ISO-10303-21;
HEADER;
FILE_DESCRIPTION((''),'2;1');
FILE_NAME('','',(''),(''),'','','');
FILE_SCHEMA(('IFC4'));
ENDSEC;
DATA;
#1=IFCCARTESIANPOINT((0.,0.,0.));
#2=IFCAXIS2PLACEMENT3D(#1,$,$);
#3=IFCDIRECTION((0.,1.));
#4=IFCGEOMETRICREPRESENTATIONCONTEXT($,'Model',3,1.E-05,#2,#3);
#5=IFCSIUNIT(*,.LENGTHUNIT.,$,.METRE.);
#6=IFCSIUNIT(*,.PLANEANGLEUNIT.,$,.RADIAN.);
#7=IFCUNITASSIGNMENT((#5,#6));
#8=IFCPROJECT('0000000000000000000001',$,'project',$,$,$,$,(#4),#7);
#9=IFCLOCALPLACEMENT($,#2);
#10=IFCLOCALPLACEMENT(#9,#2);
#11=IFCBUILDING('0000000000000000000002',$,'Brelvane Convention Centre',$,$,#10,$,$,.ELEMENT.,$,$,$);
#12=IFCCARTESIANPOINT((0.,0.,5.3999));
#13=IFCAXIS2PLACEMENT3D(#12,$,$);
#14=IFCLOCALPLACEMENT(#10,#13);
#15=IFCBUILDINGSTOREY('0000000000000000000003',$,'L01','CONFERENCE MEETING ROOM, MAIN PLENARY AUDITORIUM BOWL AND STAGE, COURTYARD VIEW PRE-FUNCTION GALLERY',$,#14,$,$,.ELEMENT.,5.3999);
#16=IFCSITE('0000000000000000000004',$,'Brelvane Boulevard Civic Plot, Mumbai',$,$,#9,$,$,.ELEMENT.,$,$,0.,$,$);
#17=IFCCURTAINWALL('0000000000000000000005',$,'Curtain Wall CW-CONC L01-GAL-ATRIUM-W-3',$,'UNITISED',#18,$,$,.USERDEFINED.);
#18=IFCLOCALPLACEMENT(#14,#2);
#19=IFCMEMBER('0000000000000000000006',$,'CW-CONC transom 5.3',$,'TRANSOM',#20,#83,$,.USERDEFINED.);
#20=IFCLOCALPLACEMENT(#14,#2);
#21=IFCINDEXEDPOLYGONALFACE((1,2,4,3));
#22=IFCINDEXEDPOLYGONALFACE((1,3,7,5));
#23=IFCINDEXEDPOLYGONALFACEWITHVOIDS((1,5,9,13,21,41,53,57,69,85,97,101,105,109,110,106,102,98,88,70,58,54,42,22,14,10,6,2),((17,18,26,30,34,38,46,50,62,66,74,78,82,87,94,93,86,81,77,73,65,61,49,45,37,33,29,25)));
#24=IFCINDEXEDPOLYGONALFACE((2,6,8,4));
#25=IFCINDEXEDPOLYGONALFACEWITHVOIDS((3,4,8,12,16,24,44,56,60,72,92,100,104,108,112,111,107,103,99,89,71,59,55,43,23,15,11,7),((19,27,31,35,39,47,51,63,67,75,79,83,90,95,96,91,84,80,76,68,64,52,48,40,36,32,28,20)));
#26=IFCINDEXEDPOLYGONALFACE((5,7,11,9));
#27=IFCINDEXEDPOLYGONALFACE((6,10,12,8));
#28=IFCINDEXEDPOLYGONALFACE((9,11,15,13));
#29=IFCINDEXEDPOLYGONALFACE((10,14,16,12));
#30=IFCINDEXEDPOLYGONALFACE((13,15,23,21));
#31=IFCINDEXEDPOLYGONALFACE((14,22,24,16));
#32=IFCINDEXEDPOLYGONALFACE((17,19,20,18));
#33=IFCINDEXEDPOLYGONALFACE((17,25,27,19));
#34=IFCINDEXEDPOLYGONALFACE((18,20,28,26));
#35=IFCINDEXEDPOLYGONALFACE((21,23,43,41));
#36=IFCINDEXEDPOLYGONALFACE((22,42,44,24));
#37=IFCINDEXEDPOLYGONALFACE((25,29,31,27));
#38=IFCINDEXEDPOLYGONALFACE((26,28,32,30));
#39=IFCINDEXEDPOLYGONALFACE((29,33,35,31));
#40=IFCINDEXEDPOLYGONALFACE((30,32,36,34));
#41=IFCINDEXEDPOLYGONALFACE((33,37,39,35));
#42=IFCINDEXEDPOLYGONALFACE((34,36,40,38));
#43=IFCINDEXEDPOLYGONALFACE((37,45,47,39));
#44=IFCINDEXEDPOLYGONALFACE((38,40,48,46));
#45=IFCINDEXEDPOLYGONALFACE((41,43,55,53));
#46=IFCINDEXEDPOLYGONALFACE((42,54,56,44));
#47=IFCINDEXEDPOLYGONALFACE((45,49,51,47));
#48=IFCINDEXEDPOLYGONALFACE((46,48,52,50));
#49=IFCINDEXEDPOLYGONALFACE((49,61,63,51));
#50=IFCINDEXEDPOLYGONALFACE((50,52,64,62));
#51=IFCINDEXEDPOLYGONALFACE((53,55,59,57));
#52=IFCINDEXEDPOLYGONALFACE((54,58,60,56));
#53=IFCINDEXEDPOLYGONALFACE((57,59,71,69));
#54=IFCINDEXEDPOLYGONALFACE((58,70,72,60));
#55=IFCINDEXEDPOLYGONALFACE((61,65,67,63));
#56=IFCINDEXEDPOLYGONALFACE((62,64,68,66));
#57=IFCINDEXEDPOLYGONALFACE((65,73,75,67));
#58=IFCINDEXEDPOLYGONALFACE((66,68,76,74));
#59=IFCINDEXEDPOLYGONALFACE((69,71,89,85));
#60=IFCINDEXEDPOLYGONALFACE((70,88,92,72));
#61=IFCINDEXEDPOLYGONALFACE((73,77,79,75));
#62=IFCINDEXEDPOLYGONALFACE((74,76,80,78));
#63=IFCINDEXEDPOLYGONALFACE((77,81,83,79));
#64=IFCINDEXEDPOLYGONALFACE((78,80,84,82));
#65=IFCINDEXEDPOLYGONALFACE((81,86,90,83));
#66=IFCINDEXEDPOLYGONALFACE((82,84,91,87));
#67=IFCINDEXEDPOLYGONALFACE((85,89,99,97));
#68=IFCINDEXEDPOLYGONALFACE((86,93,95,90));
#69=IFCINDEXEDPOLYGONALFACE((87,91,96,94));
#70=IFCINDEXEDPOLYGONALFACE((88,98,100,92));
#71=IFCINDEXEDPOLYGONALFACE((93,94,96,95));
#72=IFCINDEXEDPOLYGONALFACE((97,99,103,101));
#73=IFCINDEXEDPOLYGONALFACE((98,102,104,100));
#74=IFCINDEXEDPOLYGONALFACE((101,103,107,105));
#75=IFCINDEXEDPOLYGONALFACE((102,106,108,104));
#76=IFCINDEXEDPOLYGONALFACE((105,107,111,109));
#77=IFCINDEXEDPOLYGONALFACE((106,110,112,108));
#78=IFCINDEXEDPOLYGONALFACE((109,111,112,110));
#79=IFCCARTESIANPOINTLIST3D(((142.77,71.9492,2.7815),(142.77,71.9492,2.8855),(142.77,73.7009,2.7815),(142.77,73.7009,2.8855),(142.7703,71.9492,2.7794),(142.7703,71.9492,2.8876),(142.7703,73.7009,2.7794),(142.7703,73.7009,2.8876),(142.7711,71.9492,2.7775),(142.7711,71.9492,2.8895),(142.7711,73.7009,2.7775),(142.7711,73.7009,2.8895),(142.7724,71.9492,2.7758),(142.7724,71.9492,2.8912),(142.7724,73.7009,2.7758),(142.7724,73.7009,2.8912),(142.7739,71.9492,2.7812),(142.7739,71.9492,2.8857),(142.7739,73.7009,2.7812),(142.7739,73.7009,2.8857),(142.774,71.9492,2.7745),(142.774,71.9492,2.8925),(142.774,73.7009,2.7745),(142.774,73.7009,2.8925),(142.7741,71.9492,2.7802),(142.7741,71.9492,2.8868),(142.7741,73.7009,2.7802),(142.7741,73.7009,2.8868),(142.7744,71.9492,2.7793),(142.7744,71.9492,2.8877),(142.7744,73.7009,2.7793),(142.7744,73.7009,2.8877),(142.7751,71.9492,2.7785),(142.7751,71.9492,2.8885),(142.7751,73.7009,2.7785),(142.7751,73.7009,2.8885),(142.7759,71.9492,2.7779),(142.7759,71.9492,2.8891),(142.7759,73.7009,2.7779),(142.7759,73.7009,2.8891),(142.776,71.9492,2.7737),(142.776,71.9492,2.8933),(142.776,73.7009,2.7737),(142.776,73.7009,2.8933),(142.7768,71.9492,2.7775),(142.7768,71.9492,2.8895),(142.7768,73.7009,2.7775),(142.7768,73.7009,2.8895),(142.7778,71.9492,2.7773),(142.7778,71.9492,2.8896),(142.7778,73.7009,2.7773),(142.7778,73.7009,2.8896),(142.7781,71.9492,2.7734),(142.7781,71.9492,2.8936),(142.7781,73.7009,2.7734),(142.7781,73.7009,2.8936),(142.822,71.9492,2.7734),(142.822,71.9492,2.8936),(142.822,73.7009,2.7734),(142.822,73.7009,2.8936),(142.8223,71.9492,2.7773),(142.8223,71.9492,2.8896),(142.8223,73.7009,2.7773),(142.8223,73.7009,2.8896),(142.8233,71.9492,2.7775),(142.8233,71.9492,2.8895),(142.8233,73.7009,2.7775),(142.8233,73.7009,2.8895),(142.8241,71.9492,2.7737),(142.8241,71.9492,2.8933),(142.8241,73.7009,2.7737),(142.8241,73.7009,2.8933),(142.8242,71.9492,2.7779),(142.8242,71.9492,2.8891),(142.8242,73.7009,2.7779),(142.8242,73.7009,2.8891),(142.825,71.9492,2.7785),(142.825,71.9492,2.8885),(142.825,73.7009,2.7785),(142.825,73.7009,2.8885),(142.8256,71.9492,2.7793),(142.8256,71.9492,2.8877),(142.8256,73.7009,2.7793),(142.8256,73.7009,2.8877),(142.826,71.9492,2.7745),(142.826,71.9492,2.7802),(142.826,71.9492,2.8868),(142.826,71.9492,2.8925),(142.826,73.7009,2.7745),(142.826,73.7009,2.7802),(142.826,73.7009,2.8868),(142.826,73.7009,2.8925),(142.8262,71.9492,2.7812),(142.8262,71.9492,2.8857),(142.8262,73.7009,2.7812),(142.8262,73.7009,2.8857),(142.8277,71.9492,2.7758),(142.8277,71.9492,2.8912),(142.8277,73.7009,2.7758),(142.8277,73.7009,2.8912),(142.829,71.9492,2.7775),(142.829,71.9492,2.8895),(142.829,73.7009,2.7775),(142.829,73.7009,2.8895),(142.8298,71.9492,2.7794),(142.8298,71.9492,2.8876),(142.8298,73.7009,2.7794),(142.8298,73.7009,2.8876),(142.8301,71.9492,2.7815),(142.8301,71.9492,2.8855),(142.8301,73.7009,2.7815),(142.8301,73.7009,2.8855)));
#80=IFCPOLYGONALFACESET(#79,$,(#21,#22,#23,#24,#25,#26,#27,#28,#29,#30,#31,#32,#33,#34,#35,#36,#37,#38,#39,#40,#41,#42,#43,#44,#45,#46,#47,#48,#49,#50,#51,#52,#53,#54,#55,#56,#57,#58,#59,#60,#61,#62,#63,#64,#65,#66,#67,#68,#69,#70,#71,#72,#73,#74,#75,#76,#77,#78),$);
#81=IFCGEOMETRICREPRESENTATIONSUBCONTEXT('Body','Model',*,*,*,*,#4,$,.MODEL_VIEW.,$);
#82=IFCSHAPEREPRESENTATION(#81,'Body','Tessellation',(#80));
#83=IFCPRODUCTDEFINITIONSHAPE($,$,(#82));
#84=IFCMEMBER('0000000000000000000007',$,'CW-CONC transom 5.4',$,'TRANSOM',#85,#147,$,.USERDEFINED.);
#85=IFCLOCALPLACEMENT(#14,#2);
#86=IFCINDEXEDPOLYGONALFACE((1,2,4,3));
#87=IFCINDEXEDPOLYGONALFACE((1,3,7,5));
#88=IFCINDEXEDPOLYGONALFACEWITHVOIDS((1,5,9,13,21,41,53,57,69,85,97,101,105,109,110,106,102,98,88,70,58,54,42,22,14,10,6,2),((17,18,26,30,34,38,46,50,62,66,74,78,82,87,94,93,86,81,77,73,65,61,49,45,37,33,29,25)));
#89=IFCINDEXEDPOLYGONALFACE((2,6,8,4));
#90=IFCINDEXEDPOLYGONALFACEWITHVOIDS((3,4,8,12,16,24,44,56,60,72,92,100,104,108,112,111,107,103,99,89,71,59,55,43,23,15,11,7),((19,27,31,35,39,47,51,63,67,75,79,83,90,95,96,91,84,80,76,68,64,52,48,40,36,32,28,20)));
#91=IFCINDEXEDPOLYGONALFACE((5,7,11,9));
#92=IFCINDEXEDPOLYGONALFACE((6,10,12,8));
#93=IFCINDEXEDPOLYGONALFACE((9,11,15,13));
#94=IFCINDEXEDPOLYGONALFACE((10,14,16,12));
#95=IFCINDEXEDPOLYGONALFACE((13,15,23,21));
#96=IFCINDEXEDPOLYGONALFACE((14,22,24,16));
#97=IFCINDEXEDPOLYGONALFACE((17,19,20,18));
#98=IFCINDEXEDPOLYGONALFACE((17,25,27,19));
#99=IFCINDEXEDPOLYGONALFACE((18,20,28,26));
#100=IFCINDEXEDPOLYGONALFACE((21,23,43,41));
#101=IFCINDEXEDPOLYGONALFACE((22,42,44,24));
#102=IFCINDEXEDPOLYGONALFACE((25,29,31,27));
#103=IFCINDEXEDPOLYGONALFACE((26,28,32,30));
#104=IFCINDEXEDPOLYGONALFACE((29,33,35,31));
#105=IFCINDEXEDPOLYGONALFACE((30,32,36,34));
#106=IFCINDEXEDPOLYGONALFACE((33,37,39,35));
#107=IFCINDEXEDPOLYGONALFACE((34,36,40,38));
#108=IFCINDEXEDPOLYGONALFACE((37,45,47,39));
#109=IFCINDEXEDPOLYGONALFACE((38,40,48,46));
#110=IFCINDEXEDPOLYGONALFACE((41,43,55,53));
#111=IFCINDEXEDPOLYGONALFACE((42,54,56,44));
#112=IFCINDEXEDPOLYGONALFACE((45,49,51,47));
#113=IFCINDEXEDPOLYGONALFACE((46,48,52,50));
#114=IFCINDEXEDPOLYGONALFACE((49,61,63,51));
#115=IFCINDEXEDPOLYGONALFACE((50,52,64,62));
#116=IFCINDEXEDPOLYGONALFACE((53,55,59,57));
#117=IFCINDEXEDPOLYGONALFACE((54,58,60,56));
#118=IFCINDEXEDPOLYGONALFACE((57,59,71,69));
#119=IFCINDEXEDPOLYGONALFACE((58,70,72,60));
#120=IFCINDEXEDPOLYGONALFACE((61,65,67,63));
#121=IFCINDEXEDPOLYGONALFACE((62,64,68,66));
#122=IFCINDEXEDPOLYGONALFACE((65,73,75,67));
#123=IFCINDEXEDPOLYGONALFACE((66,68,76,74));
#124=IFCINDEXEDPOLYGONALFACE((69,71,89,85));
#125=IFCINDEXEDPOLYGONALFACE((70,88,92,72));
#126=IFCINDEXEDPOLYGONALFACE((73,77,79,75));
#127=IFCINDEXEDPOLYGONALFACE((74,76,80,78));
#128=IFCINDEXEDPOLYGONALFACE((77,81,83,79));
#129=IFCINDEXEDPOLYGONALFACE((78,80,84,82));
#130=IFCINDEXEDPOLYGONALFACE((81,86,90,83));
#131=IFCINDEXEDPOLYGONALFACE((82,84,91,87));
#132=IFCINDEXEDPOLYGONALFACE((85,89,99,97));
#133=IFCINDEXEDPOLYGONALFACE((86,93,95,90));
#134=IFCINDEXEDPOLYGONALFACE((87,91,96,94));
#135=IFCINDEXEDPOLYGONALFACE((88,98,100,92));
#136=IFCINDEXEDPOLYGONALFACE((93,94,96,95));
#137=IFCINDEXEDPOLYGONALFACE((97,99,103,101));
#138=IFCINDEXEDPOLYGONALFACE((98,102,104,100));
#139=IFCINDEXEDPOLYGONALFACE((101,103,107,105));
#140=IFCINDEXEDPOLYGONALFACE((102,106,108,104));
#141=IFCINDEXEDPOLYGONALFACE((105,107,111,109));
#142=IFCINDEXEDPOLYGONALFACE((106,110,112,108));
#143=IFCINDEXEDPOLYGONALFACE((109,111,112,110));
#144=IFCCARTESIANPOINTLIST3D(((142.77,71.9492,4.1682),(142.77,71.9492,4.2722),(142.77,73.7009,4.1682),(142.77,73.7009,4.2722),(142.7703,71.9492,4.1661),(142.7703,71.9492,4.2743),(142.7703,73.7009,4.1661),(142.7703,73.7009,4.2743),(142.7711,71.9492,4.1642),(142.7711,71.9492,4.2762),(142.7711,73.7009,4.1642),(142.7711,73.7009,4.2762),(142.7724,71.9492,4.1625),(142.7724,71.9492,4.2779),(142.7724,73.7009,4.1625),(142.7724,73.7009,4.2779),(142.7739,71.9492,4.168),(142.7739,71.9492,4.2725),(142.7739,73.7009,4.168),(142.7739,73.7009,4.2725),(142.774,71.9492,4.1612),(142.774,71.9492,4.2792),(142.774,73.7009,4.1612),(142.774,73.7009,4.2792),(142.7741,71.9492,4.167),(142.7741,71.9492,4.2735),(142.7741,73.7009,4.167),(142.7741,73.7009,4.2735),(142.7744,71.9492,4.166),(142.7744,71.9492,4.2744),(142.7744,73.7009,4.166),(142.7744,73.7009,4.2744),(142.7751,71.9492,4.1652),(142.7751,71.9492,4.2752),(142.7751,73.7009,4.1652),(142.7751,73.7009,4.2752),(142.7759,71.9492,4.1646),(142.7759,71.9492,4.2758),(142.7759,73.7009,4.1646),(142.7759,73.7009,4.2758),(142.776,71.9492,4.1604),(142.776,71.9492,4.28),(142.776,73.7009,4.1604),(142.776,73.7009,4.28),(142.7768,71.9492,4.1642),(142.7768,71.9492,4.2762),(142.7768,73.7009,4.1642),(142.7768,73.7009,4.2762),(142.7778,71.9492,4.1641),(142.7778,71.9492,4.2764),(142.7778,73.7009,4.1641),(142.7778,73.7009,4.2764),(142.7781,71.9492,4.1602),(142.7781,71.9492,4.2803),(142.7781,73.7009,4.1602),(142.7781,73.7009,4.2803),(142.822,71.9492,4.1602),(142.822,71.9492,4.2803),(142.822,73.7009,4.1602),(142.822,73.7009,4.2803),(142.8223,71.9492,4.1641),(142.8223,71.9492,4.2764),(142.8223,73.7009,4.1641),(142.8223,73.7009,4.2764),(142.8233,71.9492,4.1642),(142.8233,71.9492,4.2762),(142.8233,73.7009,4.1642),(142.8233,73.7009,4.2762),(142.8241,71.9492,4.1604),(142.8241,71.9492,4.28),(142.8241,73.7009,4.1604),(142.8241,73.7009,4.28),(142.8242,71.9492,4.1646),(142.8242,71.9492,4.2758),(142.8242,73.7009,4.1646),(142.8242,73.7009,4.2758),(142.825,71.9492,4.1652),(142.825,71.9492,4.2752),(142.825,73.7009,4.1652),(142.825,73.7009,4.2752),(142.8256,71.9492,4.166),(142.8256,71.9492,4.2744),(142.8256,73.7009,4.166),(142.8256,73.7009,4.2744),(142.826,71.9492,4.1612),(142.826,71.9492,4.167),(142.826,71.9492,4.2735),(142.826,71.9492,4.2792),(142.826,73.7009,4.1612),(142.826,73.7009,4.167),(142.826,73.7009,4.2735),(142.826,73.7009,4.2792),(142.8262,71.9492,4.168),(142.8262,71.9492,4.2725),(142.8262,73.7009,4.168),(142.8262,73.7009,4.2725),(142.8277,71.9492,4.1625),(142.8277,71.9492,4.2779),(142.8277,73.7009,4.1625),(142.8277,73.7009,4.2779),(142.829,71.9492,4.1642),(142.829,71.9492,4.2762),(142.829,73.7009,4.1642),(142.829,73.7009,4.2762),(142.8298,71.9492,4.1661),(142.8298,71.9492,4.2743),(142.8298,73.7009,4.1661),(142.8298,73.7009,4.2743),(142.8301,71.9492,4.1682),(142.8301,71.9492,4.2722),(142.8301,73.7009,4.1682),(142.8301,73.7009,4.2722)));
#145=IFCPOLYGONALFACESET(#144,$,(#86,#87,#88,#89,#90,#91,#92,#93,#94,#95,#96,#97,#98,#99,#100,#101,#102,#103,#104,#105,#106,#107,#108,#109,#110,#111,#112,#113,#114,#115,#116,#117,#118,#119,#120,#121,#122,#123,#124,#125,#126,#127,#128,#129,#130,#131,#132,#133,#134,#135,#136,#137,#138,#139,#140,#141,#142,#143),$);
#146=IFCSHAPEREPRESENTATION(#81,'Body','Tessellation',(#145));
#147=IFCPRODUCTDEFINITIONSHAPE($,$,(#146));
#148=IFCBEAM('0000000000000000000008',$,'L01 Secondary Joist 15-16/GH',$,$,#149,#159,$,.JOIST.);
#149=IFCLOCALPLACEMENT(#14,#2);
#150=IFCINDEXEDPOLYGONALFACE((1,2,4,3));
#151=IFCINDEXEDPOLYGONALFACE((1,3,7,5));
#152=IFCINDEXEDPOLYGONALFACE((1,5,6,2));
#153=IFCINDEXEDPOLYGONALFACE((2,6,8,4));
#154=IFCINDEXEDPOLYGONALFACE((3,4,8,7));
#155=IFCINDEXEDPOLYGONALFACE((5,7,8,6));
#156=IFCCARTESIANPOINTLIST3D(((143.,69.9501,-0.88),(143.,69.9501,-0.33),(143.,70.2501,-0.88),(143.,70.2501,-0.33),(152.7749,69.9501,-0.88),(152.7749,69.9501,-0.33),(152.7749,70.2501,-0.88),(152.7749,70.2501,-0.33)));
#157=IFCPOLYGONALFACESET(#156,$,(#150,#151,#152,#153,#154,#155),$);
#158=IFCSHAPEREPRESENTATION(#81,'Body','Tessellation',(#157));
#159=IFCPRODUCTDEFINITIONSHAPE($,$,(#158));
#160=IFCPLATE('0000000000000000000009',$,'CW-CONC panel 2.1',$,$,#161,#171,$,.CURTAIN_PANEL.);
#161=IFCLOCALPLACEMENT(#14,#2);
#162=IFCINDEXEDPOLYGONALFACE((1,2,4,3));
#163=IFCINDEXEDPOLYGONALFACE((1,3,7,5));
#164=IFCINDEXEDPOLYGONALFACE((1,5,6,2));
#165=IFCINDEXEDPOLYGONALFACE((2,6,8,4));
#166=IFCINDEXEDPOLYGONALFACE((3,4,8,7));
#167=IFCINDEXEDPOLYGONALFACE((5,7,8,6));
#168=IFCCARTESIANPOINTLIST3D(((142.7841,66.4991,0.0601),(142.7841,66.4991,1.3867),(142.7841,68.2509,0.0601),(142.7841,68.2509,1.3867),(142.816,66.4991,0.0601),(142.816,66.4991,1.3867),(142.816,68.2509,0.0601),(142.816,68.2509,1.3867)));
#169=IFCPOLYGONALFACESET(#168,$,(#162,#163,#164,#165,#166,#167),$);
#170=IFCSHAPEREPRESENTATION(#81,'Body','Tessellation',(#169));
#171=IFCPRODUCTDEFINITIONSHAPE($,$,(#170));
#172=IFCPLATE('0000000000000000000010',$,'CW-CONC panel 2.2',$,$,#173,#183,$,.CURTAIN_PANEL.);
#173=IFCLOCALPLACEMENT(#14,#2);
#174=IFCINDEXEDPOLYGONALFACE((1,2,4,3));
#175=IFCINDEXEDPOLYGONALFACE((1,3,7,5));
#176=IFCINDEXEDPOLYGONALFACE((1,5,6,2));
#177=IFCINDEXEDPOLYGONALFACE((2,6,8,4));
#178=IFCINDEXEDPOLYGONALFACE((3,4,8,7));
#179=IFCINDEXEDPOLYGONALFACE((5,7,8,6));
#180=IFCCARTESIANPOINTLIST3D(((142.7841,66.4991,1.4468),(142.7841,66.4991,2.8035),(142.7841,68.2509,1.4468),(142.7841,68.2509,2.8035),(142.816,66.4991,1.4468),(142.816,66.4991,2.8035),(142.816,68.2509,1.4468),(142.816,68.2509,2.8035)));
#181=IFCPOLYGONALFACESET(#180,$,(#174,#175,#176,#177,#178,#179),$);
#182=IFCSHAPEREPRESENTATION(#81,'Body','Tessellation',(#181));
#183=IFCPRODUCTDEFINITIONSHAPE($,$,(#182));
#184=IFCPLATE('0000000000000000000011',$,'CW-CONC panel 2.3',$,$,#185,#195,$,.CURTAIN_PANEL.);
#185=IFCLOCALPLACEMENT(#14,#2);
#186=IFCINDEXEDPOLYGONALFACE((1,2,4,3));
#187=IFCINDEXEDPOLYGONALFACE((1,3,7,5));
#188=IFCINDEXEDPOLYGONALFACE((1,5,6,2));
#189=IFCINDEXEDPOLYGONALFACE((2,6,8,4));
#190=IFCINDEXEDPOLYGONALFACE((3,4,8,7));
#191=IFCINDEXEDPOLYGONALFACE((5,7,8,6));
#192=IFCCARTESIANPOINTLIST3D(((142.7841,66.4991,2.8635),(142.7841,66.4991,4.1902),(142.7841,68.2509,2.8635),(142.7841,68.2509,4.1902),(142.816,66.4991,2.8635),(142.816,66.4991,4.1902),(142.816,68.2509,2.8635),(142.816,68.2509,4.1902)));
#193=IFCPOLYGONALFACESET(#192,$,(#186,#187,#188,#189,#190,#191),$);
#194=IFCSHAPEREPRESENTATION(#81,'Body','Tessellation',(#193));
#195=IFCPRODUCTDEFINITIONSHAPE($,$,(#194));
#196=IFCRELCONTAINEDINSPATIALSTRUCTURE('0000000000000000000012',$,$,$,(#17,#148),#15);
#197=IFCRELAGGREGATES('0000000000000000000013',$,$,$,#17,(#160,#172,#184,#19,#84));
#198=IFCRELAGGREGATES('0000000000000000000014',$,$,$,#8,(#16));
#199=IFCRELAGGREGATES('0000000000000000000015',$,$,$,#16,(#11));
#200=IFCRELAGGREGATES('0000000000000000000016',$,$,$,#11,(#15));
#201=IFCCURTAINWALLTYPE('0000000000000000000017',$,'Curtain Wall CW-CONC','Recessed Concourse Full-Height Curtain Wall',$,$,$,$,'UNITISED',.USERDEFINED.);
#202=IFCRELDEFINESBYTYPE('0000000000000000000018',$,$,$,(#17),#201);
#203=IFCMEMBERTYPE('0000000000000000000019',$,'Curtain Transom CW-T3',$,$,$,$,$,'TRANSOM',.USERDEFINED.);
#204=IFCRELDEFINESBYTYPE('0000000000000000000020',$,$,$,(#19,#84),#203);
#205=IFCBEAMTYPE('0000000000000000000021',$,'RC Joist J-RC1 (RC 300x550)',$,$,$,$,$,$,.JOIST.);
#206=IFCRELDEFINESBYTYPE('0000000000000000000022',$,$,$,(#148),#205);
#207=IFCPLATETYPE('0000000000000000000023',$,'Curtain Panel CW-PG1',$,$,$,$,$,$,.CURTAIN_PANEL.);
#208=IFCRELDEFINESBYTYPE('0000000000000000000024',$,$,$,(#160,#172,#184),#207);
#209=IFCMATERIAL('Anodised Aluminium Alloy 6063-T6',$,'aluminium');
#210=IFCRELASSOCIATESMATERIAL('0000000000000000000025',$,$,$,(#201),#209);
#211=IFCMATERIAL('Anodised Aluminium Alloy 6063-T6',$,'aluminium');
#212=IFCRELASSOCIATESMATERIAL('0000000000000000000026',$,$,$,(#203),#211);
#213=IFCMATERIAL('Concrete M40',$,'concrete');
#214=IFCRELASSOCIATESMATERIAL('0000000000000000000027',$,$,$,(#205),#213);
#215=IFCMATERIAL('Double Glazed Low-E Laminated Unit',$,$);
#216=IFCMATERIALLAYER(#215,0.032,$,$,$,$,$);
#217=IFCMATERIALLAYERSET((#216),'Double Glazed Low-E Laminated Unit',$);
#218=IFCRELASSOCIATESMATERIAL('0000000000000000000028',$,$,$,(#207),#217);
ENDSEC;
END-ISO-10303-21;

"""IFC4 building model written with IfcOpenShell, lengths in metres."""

from ifc_helpers import new_model, si_unit, direction, frame, origin, origin_2d, place, context, subcontext, project, spatial, rectangle, hollow_rectangle, extrude, material, layer, layer_set, material_profile, profile_set, type_object, element, aggregate, save


model = new_model("IFC4")

# Units and contexts
model_context = context("Model", 3, precision=1e-05, world=origin(), true_north=direction((0.0, 1.0)))
body_context = subcontext(model_context, "Body", "Model", "MODEL_VIEW")
ifc_project = project(units=[si_unit("LENGTHUNIT", "METRE"), si_unit("PLANEANGLEUNIT", "RADIAN")], contexts=[model_context])

# Site, building, storey
site_placement = place(None, origin())
site = spatial("IfcSite", under=ifc_project, at=site_placement, Name="Brelvane Boulevard Civic Plot, Mumbai", CompositionType="ELEMENT", RefElevation=0.0)
building_placement = place(site_placement, origin())
building = spatial("IfcBuilding", under=site, at=building_placement, Name="Brelvane Convention Centre", CompositionType="ELEMENT")
storey_placement = place(building_placement, frame((0.0, 0.0, 5.3999)))
storey = spatial("IfcBuildingStorey", under=building, at=storey_placement, Name="L01", Description="CONFERENCE MEETING ROOM, MAIN PLENARY AUDITORIUM BOWL AND STAGE, COURTYARD VIEW PRE-FUNCTION GALLERY", CompositionType="ELEMENT", Elevation=5.3999)

# Curtain wall, members
ifc_material_1 = material(Name="Anodised Aluminium Alloy 6063-T6", Category="aluminium")
curtain_wall_type = type_object("IfcCurtainWallType", Name="Curtain Wall CW-CONC", Description="Recessed Concourse Full-Height Curtain Wall", ElementType="UNITISED", PredefinedType="USERDEFINED", material=ifc_material_1)
curtain_wall_placement = place(storey_placement, origin())
curtain_wall = element("IfcCurtainWall", 1, at=curtain_wall_placement, inside=storey, type_object=curtain_wall_type, Name="Curtain Wall CW-CONC L01-GAL-ATRIUM-W-3", ObjectType="UNITISED", PredefinedType="USERDEFINED")
ifc_material_2 = material(Name="Anodised Aluminium Alloy 6063-T6", Category="aluminium")
ifc_material_profile_1 = material_profile(ifc_material_2, hollow_rectangle(XDim=0.0601, YDim=0.1201, WallThickness=0.0039, InnerFilletRadius=0.0039, OuterFilletRadius=0.0081, at=origin_2d()), Name="ALU-T 120x60x4.0")
ifc_profile_set_1 = profile_set([ifc_material_profile_1], Name="Anodised Aluminium Alloy 6063-T6")
member_type_1 = type_object("IfcMemberType", Name="Curtain Transom CW-T3", ElementType="TRANSOM", PredefinedType="USERDEFINED", material=ifc_profile_set_1)
member_1_placement = place(storey_placement, frame((142.8, 71.9492, 2.8335), z_axis=(0.0, 1.0, 0.0), x_axis=(-1.0, 0.0, 0.0)))
member_1 = element("IfcMember", 2, at=member_1_placement, type_object=member_type_1, Name="CW-CONC transom 5.3", ObjectType="TRANSOM", PredefinedType="USERDEFINED", context=body_context, shape_type="SweptSolid", body=[
    extrude(hollow_rectangle(XDim=0.0601, YDim=0.1201, WallThickness=0.0039, InnerFilletRadius=0.0039, OuterFilletRadius=0.0081, at=origin_2d()), origin(), (0.0, 0.0, 1.0), 1.7517),
])
member_2_placement = place(storey_placement, frame((142.8, 71.9492, 4.2202), z_axis=(0.0, 1.0, 0.0), x_axis=(-1.0, 0.0, 0.0)))
member_2 = element("IfcMember", 3, at=member_2_placement, type_object=member_type_1, Name="CW-CONC transom 5.4", ObjectType="TRANSOM", PredefinedType="USERDEFINED", context=body_context, shape_type="SweptSolid", body=[
    extrude(hollow_rectangle(XDim=0.0601, YDim=0.1201, WallThickness=0.0039, InnerFilletRadius=0.0039, OuterFilletRadius=0.0081, at=origin_2d()), origin(), (0.0, 0.0, 1.0), 1.7517),
])

# Beam
ifc_material_3 = material(Name="Concrete M40", Category="concrete")
ifc_material_profile_2 = material_profile(ifc_material_3, rectangle(XDim=0.3, YDim=0.55, at=origin_2d()), Name="RC 300x550")
ifc_profile_set_2 = profile_set([ifc_material_profile_2], Name="Concrete M40")
beam_type = type_object("IfcBeamType", Name="RC Joist J-RC1 (RC 300x550)", PredefinedType="JOIST", material=ifc_profile_set_2)
beam_placement = place(storey_placement, frame((143.0, 70.1001, -0.605), z_axis=(1.0, 0.0, 0.0), x_axis=(0.0, 1.0, 0.0)))
element("IfcBeam", 4, at=beam_placement, inside=storey, type_object=beam_type, Name="L01 Secondary Joist 15-16/GH", PredefinedType="JOIST", context=body_context, shape_type="SweptSolid", body=[
    extrude(rectangle(XDim=0.3, YDim=0.55, at=origin_2d()), origin(), (0.0, 0.0, 1.0), 9.7749),
])

# Plates
ifc_material_4 = material(Name="Double Glazed Low-E Laminated Unit")
ifc_layer = layer(ifc_material_4, 0.032)
ifc_layer_set = layer_set([ifc_layer], Name="Double Glazed Low-E Laminated Unit")
plate_type = type_object("IfcPlateType", Name="Curtain Panel CW-PG1", PredefinedType="CURTAIN_PANEL", material=ifc_layer_set)
plate_1_placement = place(storey_placement, frame((142.8, 67.375, 0.0601), z_axis=(0.0, 0.0, 1.0), x_axis=(0.0, 1.0, 0.0)))
plate_1 = element("IfcPlate", 5, at=plate_1_placement, type_object=plate_type, Name="CW-CONC panel 2.1", PredefinedType="CURTAIN_PANEL", context=body_context, shape_type="SweptSolid", body=[
    extrude(rectangle(XDim=1.7517, YDim=0.032, at=origin_2d()), origin(), (0.0, 0.0, 1.0), 1.3267),
])
plate_2_placement = place(storey_placement, frame((142.8, 67.375, 1.4468), z_axis=(0.0, 0.0, 1.0), x_axis=(0.0, 1.0, 0.0)))
plate_2 = element("IfcPlate", 6, at=plate_2_placement, type_object=plate_type, Name="CW-CONC panel 2.2", PredefinedType="CURTAIN_PANEL", context=body_context, shape_type="SweptSolid", body=[
    extrude(rectangle(XDim=1.7517, YDim=0.032, at=origin_2d()), origin(), (0.0, 0.0, 1.0), 1.3567),
])
plate_3_placement = place(storey_placement, frame((142.8, 67.375, 2.8635), z_axis=(0.0, 0.0, 1.0), x_axis=(0.0, 1.0, 0.0)))
plate_3 = element("IfcPlate", 7, at=plate_3_placement, type_object=plate_type, Name="CW-CONC panel 2.3", PredefinedType="CURTAIN_PANEL", context=body_context, shape_type="SweptSolid", body=[
    extrude(rectangle(XDim=1.7517, YDim=0.032, at=origin_2d()), origin(), (0.0, 0.0, 1.0), 1.3267),
])
aggregate(curtain_wall, [plate_1, plate_2, plate_3, member_1, member_2])

save(model, "model.ifc")
